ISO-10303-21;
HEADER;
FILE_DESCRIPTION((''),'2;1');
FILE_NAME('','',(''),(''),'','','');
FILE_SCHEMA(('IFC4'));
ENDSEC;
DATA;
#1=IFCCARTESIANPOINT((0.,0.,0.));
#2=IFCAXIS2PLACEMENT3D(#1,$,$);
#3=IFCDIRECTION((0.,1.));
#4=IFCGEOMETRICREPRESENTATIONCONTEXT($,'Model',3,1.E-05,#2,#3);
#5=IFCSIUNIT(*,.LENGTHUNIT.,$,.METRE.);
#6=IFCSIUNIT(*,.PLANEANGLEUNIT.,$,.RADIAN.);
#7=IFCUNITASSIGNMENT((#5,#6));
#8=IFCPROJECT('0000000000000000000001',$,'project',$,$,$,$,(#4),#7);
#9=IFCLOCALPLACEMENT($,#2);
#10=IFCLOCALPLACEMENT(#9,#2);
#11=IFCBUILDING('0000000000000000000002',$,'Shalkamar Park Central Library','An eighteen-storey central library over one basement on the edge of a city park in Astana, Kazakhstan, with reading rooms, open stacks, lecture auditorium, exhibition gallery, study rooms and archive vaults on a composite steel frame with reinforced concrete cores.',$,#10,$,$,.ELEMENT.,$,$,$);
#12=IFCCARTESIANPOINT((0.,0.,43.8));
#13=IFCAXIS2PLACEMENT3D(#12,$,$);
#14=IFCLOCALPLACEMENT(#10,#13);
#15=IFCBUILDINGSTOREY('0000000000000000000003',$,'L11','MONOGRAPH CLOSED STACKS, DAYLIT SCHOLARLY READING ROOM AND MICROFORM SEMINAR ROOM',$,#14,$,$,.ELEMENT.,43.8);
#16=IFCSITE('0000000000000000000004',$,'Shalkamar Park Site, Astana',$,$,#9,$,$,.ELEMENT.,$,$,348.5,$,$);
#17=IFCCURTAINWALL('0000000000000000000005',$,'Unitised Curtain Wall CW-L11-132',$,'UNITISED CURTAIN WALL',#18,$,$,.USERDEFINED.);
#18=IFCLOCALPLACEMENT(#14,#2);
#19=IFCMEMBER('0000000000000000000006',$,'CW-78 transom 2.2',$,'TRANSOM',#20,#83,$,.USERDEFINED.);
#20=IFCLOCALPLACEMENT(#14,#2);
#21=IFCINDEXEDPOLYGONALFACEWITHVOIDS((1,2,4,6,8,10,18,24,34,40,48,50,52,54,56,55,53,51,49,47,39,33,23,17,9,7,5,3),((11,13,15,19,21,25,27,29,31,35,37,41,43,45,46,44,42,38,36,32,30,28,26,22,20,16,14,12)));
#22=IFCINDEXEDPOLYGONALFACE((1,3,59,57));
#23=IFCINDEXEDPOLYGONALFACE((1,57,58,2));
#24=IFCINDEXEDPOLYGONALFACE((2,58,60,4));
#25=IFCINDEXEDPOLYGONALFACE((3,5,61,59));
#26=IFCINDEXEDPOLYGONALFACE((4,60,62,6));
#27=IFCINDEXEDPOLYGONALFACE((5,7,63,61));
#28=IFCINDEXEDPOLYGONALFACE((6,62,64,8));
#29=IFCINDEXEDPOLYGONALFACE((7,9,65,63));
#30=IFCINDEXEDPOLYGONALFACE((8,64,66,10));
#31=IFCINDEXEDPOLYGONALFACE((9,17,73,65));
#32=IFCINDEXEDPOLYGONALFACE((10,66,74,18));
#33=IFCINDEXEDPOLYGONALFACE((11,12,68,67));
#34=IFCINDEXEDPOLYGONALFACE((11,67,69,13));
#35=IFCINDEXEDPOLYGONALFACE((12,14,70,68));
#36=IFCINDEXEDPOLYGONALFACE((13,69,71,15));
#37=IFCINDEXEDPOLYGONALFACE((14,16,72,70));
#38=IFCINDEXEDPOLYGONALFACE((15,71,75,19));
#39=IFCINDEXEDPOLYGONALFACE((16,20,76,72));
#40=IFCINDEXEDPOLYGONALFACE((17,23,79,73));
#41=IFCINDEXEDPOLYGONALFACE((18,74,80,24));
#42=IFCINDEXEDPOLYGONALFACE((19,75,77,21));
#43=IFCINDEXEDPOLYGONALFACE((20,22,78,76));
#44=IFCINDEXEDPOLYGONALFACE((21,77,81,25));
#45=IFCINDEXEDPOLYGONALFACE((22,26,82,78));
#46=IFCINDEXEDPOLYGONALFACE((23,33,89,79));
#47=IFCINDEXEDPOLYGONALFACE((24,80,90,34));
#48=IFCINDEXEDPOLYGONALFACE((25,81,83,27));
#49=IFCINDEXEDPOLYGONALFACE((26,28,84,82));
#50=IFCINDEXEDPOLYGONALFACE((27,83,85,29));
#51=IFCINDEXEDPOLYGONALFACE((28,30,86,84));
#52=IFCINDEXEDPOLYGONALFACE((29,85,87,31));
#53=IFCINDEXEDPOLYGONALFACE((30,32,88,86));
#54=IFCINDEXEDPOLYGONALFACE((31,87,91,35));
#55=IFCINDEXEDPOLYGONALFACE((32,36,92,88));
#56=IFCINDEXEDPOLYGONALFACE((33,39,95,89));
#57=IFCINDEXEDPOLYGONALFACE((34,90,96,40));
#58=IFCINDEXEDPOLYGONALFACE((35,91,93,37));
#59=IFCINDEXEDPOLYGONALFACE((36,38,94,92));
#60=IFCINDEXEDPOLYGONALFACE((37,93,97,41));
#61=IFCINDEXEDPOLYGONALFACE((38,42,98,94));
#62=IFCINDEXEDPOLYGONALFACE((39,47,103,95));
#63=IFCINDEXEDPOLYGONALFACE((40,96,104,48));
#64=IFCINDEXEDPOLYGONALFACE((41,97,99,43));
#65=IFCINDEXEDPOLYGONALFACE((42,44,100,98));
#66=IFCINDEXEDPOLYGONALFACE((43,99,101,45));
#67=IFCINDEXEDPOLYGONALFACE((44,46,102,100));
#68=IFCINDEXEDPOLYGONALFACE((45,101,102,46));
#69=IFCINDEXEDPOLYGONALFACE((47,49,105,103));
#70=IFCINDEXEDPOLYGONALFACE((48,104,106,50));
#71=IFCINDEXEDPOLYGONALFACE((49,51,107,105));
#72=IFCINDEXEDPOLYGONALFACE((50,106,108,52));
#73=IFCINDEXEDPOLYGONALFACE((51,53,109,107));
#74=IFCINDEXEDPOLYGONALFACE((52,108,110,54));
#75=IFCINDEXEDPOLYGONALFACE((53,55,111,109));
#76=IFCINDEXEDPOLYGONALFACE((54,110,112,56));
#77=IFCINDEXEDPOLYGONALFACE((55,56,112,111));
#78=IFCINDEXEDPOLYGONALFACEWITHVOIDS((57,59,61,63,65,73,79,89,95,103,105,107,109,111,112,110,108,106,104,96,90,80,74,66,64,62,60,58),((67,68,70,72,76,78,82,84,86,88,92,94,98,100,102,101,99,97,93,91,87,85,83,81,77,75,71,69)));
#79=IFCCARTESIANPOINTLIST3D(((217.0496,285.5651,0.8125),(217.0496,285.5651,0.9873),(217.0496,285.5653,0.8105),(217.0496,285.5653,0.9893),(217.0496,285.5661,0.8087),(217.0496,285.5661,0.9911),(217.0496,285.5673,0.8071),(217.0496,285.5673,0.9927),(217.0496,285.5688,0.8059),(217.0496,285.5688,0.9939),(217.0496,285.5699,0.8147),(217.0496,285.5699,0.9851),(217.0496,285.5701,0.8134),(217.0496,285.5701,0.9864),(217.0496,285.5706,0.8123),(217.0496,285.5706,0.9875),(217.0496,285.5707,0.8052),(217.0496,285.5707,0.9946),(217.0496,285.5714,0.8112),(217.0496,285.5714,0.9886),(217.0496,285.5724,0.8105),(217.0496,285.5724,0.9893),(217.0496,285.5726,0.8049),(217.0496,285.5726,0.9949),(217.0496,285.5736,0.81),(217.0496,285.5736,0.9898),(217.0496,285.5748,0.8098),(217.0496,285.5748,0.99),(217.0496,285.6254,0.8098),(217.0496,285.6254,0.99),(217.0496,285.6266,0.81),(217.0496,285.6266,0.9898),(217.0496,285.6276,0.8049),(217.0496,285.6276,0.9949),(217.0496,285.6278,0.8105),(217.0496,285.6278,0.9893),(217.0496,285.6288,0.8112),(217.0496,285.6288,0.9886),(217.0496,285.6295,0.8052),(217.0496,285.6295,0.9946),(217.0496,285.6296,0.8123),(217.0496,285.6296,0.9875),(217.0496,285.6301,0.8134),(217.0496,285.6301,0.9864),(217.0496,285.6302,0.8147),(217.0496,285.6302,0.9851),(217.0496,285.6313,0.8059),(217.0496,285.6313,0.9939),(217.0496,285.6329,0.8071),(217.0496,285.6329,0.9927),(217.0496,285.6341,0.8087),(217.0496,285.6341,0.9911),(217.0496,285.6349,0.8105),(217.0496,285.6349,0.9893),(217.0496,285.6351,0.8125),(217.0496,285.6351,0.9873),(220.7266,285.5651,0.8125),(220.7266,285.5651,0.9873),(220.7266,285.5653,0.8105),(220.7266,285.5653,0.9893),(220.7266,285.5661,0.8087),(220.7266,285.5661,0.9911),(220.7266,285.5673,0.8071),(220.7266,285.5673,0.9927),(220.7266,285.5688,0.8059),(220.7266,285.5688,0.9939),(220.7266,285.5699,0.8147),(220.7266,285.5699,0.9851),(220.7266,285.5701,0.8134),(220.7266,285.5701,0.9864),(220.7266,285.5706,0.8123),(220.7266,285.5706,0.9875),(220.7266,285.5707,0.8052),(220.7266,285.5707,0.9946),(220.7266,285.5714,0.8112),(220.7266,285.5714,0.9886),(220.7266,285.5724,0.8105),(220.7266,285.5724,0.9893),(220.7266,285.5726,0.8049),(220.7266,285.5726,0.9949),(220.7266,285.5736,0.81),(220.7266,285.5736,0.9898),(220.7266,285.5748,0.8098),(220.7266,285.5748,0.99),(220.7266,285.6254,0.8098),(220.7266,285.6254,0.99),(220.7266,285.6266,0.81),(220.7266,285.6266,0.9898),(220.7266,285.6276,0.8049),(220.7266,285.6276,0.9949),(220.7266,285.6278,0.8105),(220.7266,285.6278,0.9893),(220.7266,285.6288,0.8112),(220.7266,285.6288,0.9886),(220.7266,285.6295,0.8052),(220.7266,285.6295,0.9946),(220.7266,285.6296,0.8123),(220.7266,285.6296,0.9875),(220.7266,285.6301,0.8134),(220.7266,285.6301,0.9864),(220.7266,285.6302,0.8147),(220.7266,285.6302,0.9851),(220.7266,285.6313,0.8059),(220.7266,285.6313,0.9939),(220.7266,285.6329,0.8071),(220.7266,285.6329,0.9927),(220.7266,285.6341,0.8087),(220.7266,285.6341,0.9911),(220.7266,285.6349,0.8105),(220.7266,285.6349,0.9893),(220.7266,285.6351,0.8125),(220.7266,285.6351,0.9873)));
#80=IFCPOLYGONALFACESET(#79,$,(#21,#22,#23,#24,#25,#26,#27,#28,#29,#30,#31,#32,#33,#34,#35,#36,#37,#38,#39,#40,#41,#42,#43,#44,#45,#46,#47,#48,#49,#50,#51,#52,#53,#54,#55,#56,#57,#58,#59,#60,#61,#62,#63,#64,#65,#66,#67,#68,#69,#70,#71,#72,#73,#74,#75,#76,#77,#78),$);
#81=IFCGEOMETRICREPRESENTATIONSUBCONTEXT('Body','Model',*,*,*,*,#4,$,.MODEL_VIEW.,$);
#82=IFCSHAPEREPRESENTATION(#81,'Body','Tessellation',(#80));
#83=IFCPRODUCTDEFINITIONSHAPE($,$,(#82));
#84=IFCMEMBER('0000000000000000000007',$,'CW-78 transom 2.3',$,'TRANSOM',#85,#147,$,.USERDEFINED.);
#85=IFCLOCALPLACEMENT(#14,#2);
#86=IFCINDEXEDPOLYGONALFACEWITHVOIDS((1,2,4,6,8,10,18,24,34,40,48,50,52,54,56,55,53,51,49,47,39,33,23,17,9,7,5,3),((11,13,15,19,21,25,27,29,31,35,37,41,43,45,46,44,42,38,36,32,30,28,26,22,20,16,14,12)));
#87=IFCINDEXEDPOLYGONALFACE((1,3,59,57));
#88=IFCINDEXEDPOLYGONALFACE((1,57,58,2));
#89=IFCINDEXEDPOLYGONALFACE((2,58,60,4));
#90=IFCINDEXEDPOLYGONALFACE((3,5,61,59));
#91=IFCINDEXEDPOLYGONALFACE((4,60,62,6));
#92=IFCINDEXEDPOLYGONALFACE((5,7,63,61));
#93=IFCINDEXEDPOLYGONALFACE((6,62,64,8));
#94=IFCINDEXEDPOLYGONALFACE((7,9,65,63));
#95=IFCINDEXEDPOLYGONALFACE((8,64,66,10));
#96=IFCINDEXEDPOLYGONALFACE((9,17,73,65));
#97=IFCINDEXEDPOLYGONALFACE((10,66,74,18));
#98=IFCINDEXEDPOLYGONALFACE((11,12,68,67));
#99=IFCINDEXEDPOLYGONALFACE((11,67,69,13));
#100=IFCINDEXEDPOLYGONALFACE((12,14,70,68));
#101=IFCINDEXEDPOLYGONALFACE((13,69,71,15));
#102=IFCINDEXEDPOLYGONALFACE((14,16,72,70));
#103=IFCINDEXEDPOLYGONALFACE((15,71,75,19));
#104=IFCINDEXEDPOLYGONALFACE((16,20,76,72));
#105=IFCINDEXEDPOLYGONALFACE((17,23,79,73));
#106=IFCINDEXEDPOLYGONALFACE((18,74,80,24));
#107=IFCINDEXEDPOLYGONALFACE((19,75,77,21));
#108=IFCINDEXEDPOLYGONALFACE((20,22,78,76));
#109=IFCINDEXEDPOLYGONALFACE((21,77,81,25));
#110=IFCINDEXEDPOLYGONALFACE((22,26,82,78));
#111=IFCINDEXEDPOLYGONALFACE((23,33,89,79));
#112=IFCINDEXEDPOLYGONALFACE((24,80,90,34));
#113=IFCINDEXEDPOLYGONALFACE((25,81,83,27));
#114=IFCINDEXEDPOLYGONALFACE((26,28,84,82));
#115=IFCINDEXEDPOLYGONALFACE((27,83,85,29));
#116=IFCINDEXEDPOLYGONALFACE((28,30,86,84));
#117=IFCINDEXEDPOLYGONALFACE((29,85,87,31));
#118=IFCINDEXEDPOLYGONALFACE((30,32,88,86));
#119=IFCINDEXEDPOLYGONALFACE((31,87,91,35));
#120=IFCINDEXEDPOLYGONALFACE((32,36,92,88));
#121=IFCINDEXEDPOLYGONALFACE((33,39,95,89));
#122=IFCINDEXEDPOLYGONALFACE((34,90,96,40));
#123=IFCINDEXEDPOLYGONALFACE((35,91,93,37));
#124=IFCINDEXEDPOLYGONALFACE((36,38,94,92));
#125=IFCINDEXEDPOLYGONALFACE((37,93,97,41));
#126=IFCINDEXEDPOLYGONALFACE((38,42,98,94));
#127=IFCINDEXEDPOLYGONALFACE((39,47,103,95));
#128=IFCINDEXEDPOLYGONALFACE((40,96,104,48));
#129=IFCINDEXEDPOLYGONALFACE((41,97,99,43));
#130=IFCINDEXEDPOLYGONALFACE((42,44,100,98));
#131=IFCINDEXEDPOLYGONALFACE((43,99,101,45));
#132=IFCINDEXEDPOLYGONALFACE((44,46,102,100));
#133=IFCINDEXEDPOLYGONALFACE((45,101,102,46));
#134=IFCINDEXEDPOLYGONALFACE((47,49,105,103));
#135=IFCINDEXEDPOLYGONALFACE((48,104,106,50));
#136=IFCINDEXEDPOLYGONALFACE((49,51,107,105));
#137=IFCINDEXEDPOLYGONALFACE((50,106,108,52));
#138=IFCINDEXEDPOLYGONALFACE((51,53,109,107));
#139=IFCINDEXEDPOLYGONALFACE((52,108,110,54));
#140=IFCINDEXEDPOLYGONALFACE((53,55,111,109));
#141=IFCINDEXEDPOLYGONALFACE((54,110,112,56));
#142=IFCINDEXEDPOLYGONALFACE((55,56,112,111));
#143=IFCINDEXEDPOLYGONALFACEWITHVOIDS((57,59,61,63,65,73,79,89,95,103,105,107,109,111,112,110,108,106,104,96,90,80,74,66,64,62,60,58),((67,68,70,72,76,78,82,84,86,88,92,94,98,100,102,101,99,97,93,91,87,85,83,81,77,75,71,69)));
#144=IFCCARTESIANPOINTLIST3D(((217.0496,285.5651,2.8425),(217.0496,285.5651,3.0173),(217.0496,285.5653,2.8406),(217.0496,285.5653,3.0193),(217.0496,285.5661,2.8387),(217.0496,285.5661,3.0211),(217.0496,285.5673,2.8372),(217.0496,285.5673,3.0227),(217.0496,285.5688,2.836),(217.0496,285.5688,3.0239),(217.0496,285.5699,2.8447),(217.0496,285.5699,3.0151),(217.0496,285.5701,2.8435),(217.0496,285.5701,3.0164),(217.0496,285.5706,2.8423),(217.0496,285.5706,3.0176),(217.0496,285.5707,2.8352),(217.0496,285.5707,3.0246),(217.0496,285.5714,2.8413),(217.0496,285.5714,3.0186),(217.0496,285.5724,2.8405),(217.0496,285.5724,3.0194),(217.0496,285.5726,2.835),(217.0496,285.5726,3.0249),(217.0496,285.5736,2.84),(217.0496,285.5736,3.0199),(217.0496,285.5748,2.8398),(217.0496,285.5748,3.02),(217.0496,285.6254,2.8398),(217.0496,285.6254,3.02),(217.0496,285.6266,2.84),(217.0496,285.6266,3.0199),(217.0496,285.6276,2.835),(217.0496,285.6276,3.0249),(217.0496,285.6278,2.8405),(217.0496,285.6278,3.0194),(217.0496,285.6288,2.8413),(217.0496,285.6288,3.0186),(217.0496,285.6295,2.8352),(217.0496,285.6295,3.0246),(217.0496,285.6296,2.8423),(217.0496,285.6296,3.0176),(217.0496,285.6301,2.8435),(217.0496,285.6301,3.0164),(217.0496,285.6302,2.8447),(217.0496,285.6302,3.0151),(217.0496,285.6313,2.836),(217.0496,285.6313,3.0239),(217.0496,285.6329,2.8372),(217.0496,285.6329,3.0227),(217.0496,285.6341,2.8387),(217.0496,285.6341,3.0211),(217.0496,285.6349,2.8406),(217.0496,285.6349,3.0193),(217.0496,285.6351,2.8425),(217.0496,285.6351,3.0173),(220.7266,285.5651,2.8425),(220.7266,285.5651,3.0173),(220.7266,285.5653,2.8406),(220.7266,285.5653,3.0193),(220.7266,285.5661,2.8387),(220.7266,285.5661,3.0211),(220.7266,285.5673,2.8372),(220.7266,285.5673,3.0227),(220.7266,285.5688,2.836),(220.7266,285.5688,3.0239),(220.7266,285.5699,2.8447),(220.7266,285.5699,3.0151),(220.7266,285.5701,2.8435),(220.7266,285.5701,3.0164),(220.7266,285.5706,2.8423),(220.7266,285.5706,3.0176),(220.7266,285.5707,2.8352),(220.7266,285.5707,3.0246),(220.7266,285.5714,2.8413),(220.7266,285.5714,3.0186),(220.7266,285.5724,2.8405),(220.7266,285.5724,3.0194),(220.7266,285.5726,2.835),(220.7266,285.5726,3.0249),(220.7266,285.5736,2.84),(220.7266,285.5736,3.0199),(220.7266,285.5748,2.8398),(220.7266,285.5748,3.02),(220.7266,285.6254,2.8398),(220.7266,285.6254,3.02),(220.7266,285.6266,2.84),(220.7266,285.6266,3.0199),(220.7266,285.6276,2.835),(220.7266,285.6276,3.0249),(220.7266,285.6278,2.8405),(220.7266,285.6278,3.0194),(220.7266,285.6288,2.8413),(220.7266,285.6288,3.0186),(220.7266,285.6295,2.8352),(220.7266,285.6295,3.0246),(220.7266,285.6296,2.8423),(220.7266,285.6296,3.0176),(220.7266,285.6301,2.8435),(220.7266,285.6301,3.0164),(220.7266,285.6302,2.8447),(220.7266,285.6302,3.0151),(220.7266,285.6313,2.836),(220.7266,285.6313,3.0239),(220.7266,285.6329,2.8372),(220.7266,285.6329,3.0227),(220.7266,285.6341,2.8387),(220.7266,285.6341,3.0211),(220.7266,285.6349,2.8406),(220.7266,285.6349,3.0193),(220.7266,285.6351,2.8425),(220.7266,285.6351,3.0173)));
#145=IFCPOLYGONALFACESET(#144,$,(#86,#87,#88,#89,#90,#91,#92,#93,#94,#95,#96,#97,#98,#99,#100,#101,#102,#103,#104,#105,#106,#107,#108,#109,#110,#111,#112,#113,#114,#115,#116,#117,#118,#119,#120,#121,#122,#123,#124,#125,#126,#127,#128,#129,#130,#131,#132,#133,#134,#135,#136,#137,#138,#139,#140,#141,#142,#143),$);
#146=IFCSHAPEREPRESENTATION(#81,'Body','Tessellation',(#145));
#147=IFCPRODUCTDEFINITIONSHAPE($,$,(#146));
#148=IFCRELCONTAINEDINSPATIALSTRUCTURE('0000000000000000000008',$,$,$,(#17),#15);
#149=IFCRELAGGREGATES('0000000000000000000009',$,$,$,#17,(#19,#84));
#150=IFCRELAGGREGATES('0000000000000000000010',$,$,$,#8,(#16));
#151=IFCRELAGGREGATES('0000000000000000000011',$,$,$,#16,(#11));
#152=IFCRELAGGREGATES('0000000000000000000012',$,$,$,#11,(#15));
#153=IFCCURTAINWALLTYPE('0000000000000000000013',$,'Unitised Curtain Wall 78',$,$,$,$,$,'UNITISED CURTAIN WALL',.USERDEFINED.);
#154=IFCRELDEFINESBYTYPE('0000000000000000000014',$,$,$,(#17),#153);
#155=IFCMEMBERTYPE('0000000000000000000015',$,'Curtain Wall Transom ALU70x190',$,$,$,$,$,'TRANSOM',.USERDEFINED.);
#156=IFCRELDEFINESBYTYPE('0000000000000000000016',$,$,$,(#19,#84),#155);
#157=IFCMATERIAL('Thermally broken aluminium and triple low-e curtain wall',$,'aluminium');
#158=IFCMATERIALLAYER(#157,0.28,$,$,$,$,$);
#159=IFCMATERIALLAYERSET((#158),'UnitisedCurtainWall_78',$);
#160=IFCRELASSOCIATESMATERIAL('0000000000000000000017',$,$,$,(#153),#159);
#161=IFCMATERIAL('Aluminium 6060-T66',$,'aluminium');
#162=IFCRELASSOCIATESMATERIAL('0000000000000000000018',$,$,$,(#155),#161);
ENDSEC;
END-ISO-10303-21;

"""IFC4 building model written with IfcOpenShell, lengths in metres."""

from ifc_helpers import new_model, si_unit, direction, frame, origin, origin_2d, place, context, subcontext, project, spatial, hollow_rectangle, extrude, material, layer, layer_set, material_profile, profile_set, type_object, element, aggregate, save


model = new_model("IFC4")

# Units and contexts
model_context = context("Model", 3, precision=1e-05, world=origin(), true_north=direction((0.0, 1.0)))
body_context = subcontext(model_context, "Body", "Model", "MODEL_VIEW")
ifc_project = project(units=[si_unit("LENGTHUNIT", "METRE"), si_unit("PLANEANGLEUNIT", "RADIAN")], contexts=[model_context])

# Site, building, storey
site_placement = place(None, origin())
site = spatial("IfcSite", under=ifc_project, at=site_placement, Name="Shalkamar Park Site, Astana", CompositionType="ELEMENT", RefElevation=348.5)
building_placement = place(site_placement, origin())
building = spatial("IfcBuilding", under=site, at=building_placement, Name="Shalkamar Park Central Library", Description="An eighteen-storey central library over one basement on the edge of a city park in Astana, Kazakhstan, with reading rooms, open stacks, lecture auditorium, exhibition gallery, study rooms and archive vaults on a composite steel frame with reinforced concrete cores.", CompositionType="ELEMENT")
storey_placement = place(building_placement, frame((0.0, 0.0, 43.8)))
storey = spatial("IfcBuildingStorey", under=building, at=storey_placement, Name="L11", Description="MONOGRAPH CLOSED STACKS, DAYLIT SCHOLARLY READING ROOM AND MICROFORM SEMINAR ROOM", CompositionType="ELEMENT", Elevation=43.8)

# Shared definitions
ifc_material_1 = material(Name="Thermally broken aluminium and triple low-e curtain wall", Category="aluminium")
ifc_material_2 = material(Name="Aluminium 6060-T66", Category="aluminium")

# Curtain wall
ifc_layer_1 = layer(ifc_material_1, 0.28)
ifc_layer_set_1 = layer_set([ifc_layer_1], Name="UnitisedCurtainWall_78")
curtain_wall_type_1 = type_object("IfcCurtainWallType", Name="Unitised Curtain Wall 78", ElementType="UNITISED CURTAIN WALL", PredefinedType="USERDEFINED", material=ifc_layer_set_1)
curtain_wall_1_placement = place(storey_placement, origin())
curtain_wall_1 = element("IfcCurtainWall", 1, at=curtain_wall_1_placement, inside=storey, type_object=curtain_wall_type_1, Name="Unitised Curtain Wall CW-L11-132", ObjectType="UNITISED CURTAIN WALL", PredefinedType="USERDEFINED")

# Members
ifc_material_profile_1 = material_profile(ifc_material_2, hollow_rectangle(XDim=0.0701, YDim=0.1899, WallThickness=0.0049, InnerFilletRadius=0.0049, OuterFilletRadius=0.0076, at=origin_2d()), Name="ALU 70x190x5")
ifc_profile_set_1 = profile_set([ifc_material_profile_1], Name="Aluminium 6060-T66")
member_type_1 = type_object("IfcMemberType", Name="Curtain Wall Transom ALU70x190", ElementType="TRANSOM", PredefinedType="USERDEFINED", material=ifc_profile_set_1)
member_1_placement = place(storey_placement, frame((217.0496, 285.6001, 0.8999), z_axis=(1.0, 0.0, 0.0), x_axis=(0.0, 1.0, 0.0)))
member_1 = element("IfcMember", 2, at=member_1_placement, type_object=member_type_1, Name="CW-78 transom 2.2", ObjectType="TRANSOM", PredefinedType="USERDEFINED", context=body_context, shape_type="SweptSolid", body=[
    extrude(hollow_rectangle(XDim=0.0701, YDim=0.1899, WallThickness=0.0049, InnerFilletRadius=0.0049, OuterFilletRadius=0.0076, at=origin_2d()), origin(), (0.0, 0.0, 1.0), 3.677),
])
member_2_placement = place(storey_placement, frame((217.0496, 285.6001, 2.9299), z_axis=(1.0, 0.0, 0.0), x_axis=(0.0, 1.0, 0.0)))
member_2 = element("IfcMember", 3, at=member_2_placement, type_object=member_type_1, Name="CW-78 transom 2.3", ObjectType="TRANSOM", PredefinedType="USERDEFINED", context=body_context, shape_type="SweptSolid", body=[
    extrude(hollow_rectangle(XDim=0.0701, YDim=0.1899, WallThickness=0.0049, InnerFilletRadius=0.0049, OuterFilletRadius=0.0076, at=origin_2d()), origin(), (0.0, 0.0, 1.0), 3.677),
])

aggregate(curtain_wall_1, [member_1, member_2])

save(model, "model.ifc")
